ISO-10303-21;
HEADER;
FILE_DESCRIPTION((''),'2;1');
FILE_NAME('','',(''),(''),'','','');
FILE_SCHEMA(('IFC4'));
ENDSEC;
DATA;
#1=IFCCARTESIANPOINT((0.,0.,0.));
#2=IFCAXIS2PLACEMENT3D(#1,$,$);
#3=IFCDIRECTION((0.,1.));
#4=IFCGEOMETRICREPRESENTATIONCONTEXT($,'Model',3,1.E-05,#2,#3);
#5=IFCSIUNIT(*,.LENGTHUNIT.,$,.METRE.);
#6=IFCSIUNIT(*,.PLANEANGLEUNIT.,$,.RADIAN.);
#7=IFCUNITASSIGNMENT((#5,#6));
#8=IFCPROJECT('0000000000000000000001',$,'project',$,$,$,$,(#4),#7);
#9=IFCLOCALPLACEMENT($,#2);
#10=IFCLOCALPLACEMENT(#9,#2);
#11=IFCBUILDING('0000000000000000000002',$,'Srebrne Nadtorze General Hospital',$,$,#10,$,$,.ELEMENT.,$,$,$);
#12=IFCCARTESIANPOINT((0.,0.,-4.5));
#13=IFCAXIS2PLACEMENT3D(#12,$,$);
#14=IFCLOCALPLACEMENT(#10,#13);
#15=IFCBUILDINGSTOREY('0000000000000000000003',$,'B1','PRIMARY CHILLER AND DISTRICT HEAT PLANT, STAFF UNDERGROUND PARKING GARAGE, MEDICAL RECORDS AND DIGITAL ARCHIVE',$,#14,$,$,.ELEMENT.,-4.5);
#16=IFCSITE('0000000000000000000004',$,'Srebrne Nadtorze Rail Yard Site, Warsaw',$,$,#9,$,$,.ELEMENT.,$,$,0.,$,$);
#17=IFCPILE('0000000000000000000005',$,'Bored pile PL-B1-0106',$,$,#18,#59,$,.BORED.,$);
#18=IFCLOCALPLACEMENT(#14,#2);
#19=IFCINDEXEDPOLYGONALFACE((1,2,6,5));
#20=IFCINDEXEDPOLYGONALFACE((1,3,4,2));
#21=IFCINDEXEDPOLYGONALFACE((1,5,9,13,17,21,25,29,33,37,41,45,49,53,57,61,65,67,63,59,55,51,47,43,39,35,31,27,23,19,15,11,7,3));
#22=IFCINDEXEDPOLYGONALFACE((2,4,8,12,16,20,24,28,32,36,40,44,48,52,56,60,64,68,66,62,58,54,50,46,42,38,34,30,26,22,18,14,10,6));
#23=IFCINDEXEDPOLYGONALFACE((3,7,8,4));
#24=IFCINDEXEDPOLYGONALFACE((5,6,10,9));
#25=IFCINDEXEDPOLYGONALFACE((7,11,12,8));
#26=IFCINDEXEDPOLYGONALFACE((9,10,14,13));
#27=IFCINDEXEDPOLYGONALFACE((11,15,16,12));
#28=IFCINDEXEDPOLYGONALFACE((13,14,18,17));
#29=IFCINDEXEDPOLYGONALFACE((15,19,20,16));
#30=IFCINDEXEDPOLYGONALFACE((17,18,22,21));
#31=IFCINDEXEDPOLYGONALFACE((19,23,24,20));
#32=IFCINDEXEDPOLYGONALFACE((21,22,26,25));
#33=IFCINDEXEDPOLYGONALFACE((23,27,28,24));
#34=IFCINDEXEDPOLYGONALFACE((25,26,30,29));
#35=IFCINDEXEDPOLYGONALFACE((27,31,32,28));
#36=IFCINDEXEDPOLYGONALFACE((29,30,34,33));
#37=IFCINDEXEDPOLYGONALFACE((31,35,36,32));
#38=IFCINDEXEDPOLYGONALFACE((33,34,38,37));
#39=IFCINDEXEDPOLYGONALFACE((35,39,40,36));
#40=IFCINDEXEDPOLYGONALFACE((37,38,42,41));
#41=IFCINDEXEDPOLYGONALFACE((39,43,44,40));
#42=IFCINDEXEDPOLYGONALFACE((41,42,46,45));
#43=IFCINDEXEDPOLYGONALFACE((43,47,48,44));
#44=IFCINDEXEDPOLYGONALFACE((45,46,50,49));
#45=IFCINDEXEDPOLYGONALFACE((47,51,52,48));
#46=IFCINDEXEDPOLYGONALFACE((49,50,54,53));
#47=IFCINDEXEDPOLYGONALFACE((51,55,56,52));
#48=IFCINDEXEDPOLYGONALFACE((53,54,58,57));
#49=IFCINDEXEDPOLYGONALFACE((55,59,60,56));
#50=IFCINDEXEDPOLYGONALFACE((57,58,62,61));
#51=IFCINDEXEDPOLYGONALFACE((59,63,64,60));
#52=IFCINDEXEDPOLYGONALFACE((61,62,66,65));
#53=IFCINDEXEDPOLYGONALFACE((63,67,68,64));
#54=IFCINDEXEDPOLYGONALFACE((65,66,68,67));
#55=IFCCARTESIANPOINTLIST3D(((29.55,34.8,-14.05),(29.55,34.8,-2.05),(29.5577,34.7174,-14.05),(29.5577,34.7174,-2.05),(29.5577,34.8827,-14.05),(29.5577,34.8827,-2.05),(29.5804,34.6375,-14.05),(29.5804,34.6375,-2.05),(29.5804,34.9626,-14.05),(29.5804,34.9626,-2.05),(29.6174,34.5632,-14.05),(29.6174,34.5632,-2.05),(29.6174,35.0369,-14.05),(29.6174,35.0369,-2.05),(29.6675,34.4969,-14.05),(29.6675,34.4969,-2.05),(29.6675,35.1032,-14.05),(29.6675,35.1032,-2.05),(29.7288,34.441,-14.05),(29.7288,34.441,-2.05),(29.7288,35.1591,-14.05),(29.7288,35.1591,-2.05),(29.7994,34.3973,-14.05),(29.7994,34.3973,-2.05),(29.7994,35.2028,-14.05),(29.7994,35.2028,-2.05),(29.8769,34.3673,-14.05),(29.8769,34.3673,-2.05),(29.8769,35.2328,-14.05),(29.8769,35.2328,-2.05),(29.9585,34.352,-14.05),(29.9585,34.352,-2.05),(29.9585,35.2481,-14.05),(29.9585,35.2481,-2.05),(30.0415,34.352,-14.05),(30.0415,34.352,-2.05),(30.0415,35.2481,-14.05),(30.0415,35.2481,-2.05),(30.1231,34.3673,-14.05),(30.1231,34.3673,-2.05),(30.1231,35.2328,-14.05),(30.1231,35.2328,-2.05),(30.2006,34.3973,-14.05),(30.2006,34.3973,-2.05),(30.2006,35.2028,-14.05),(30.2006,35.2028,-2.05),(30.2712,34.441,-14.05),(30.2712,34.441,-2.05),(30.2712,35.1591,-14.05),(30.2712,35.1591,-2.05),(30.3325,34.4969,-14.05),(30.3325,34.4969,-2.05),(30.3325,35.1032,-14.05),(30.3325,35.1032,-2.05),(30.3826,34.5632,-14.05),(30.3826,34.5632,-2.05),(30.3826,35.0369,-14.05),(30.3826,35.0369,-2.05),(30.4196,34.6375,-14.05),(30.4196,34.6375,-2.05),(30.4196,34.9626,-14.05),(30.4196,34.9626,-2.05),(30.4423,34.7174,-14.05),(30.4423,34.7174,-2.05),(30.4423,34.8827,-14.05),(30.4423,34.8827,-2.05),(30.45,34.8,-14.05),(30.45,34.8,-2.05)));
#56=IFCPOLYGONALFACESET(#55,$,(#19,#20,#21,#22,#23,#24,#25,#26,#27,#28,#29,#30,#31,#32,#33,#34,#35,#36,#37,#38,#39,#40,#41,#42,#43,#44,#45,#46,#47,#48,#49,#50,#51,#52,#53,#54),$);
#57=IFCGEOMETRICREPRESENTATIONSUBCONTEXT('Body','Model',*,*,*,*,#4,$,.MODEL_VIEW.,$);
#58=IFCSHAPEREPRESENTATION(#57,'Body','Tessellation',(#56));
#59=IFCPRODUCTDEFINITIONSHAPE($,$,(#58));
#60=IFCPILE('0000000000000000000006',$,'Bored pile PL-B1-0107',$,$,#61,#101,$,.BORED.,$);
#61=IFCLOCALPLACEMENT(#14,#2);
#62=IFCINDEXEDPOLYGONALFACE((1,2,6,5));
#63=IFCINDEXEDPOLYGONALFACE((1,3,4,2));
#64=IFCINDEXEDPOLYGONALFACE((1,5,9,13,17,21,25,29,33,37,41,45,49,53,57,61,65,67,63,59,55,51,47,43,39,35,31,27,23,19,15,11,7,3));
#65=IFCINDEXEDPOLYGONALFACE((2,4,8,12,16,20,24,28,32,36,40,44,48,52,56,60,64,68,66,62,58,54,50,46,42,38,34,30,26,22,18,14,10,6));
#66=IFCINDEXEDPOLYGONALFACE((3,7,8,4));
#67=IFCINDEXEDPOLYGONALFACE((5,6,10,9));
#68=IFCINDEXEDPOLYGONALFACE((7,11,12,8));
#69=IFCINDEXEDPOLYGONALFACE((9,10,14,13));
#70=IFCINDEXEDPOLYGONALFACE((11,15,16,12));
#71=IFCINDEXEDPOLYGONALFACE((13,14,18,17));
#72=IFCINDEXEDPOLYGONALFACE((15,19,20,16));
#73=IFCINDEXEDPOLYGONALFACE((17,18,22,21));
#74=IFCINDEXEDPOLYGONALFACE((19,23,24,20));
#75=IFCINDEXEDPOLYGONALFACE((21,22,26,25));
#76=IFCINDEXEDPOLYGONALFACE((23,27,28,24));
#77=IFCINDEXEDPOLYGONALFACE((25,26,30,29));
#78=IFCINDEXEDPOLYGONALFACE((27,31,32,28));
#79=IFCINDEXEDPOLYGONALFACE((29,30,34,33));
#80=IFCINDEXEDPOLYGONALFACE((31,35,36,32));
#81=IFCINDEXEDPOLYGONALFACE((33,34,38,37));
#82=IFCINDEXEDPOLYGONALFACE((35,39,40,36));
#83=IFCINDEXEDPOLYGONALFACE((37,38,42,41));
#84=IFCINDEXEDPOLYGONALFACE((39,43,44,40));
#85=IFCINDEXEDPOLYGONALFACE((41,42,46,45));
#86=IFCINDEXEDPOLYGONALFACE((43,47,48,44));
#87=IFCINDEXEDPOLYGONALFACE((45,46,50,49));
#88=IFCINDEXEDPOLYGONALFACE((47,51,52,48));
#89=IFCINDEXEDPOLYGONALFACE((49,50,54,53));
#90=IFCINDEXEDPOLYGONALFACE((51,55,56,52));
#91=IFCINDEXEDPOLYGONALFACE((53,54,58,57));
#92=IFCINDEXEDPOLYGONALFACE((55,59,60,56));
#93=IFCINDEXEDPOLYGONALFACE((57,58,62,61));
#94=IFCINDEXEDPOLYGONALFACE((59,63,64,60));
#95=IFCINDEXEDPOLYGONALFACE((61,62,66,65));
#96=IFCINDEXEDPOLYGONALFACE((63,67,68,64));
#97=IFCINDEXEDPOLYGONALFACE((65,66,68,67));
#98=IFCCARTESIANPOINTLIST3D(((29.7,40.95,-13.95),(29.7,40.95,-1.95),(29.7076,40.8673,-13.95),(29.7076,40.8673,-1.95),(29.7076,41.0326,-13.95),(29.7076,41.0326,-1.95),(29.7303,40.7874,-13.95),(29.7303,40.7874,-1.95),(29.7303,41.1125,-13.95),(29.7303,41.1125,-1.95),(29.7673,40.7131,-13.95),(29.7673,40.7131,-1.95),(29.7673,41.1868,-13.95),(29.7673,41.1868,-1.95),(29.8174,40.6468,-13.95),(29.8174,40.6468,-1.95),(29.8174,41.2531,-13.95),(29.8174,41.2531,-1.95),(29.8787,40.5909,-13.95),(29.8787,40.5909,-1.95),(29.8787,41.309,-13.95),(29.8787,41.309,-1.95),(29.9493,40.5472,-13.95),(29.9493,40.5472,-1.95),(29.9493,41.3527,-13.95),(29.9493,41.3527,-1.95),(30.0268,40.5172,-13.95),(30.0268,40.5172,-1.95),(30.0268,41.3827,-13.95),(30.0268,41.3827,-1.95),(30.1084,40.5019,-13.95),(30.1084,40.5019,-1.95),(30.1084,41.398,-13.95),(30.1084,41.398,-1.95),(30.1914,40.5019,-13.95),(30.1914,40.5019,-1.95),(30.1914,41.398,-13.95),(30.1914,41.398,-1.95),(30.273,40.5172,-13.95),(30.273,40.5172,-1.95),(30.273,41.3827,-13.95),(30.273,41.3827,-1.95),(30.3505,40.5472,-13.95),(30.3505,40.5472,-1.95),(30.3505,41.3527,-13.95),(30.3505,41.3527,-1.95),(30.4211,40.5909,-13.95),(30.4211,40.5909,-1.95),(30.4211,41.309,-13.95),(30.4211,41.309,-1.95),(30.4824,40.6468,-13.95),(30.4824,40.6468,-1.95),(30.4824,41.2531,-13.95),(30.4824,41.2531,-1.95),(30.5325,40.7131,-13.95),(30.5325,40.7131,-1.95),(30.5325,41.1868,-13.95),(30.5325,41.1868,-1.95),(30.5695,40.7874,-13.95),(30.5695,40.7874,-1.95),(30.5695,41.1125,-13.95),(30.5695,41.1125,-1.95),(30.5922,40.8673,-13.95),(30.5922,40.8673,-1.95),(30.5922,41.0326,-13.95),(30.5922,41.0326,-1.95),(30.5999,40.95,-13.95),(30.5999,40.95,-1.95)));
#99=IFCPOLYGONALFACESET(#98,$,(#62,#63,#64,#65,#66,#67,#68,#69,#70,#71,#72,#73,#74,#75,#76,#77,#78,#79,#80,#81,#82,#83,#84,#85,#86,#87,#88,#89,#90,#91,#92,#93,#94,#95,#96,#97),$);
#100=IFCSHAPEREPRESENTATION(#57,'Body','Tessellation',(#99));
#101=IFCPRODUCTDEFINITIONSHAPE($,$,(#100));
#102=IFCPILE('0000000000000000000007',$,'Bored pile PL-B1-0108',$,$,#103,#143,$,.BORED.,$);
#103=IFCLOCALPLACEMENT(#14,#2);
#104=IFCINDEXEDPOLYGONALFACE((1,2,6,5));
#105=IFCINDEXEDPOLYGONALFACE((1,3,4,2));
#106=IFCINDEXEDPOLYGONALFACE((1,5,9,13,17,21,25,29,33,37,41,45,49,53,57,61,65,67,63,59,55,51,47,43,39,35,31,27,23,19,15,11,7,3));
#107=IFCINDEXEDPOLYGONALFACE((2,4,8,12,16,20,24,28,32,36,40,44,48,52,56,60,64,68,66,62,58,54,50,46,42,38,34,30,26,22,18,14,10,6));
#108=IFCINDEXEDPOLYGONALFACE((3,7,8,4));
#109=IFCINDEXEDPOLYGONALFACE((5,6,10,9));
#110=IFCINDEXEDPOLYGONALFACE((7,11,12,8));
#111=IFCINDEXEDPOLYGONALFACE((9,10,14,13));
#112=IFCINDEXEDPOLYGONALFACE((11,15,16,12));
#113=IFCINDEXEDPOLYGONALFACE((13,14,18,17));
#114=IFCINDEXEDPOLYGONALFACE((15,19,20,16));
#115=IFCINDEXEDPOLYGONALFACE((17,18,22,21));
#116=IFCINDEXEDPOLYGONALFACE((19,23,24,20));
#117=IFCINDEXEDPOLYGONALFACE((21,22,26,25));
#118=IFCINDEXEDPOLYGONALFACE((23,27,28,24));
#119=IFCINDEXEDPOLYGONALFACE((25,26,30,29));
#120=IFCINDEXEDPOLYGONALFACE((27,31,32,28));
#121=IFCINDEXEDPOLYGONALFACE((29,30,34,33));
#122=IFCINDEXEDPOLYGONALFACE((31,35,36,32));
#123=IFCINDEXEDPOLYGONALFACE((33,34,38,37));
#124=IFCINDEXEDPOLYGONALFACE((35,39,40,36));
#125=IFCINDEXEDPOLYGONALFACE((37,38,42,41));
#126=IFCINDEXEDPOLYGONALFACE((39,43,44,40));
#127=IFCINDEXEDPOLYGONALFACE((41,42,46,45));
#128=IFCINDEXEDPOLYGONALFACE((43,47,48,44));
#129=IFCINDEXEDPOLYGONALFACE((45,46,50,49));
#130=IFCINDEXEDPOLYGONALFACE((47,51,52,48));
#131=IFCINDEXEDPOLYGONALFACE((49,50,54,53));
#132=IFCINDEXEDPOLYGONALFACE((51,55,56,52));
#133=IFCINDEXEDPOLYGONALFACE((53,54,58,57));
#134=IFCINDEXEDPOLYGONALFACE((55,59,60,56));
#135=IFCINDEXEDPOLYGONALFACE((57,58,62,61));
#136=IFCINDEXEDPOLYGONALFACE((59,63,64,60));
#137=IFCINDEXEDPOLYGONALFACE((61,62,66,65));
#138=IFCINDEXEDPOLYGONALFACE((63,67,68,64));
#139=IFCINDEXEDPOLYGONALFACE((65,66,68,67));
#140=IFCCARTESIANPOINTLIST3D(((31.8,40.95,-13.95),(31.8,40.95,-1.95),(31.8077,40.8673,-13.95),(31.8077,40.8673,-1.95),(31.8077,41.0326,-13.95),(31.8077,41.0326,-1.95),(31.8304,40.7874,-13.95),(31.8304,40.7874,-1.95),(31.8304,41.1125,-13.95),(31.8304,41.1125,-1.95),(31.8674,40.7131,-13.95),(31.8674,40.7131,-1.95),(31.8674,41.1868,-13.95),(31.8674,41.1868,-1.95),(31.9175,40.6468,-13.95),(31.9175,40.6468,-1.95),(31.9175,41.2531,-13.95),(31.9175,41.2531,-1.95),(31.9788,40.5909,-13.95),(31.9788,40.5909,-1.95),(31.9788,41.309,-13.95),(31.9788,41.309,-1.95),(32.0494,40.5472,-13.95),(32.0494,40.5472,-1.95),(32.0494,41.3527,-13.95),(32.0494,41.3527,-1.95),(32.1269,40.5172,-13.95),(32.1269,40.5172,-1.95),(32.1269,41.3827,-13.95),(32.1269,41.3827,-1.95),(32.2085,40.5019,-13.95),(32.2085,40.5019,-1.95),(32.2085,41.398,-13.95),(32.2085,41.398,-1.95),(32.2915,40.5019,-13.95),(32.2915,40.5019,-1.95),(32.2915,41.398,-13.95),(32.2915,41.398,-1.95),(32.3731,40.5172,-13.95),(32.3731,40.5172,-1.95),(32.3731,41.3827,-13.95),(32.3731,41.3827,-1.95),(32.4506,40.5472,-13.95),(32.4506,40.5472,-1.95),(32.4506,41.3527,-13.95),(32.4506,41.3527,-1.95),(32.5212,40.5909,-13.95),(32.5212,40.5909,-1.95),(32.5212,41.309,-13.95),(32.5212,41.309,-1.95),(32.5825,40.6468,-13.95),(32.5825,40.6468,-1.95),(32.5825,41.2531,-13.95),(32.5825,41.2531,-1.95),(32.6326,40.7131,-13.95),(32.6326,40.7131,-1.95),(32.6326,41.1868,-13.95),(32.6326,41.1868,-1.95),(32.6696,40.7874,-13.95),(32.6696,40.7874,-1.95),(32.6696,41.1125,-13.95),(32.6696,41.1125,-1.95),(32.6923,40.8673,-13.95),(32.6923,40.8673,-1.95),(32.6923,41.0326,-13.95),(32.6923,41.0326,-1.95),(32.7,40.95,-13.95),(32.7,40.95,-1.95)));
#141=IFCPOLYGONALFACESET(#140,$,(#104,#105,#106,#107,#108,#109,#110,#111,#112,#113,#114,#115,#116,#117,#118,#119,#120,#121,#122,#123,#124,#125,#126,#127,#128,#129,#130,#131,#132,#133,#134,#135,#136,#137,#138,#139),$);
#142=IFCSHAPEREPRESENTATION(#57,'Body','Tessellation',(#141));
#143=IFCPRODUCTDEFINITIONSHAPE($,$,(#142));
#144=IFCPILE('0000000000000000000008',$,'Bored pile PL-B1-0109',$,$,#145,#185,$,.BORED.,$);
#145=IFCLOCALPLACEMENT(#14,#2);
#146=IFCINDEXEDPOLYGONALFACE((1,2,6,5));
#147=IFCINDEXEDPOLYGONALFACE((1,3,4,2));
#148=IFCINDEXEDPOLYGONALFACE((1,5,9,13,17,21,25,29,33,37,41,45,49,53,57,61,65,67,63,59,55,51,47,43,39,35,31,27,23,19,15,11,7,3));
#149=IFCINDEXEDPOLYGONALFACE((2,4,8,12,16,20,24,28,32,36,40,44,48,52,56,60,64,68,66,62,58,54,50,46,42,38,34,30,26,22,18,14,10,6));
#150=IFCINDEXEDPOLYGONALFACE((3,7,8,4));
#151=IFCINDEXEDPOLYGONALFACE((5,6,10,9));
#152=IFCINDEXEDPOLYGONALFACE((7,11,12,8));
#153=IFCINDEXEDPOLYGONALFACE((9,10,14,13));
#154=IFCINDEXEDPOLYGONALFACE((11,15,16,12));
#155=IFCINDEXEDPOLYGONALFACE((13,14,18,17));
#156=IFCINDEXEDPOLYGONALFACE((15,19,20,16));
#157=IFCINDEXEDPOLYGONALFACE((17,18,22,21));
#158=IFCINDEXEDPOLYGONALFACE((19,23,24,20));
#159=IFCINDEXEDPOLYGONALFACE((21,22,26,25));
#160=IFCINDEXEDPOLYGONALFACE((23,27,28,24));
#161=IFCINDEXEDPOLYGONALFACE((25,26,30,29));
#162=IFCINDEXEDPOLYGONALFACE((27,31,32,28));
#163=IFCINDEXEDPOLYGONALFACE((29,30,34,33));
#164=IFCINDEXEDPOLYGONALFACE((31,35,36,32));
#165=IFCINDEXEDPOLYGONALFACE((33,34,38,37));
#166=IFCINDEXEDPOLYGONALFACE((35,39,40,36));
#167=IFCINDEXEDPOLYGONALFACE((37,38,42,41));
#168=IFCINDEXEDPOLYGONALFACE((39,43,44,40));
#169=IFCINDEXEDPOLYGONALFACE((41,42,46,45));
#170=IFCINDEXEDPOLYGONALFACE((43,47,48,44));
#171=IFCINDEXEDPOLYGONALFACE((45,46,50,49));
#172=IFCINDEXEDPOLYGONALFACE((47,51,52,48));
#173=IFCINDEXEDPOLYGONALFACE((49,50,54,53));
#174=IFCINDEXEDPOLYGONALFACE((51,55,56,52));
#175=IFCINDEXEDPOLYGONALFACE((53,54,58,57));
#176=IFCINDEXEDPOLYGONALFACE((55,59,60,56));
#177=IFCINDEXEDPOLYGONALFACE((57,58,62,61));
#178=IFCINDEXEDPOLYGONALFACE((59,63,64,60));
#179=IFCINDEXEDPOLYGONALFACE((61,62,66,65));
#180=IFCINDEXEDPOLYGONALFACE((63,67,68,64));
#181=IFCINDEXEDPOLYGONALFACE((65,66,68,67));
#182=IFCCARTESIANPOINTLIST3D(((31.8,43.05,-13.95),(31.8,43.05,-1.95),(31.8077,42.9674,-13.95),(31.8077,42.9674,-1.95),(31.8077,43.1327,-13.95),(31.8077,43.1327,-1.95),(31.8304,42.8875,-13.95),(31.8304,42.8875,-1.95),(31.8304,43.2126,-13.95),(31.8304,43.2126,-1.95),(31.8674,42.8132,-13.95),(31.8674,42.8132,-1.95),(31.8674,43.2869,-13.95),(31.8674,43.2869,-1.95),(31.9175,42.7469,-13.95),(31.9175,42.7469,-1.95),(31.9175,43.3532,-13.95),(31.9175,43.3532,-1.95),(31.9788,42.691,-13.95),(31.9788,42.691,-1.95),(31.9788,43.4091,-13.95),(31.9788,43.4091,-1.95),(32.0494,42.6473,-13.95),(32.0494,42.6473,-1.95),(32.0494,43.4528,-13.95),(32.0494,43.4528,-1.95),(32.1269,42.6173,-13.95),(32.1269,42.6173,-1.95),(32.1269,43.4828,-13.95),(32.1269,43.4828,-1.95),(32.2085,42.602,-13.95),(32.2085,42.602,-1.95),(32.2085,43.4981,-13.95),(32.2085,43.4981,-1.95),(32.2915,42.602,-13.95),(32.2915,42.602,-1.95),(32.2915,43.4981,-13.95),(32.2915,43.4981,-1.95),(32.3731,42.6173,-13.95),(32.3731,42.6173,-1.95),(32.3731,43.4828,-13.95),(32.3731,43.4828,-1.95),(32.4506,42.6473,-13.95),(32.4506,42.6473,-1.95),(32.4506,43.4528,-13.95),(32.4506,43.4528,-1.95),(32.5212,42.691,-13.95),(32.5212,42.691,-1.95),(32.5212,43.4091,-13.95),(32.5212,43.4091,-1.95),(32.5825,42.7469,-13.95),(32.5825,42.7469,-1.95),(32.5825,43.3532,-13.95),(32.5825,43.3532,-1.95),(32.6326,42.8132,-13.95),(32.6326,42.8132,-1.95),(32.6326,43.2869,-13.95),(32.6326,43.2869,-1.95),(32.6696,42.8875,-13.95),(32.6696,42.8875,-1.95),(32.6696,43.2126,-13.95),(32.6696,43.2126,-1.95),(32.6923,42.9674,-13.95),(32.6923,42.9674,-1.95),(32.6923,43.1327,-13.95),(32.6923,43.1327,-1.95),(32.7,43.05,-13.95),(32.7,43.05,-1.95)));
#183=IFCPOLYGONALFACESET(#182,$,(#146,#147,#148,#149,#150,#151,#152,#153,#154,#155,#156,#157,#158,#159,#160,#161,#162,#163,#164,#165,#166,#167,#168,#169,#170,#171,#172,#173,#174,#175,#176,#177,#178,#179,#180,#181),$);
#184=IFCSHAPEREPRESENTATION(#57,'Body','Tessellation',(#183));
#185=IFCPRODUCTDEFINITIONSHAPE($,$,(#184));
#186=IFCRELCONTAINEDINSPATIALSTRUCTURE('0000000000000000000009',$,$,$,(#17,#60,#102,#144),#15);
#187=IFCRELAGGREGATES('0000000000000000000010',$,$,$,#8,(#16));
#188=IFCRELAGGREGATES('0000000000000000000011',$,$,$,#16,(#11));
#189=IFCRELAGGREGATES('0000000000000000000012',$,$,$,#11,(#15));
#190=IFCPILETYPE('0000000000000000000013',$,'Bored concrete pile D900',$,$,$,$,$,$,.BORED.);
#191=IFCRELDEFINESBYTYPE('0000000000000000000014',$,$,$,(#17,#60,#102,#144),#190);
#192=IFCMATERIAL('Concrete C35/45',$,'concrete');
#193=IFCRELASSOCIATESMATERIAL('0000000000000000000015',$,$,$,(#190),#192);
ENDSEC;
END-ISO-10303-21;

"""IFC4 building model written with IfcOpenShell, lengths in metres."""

from ifc_helpers import new_model, si_unit, direction, frame, origin, origin_2d, place, context, subcontext, project, spatial, circle, extrude, material, material_profile, profile_set, type_object, element, save


model = new_model("IFC4")

# Units and contexts
model_context = context("Model", 3, precision=1e-05, world=origin(), true_north=direction((0.0, 1.0)))
body_context = subcontext(model_context, "Body", "Model", "MODEL_VIEW")
ifc_project = project(units=[si_unit("LENGTHUNIT", "METRE"), si_unit("PLANEANGLEUNIT", "RADIAN")], contexts=[model_context])

# Site, building, storey
site_placement = place(None, origin())
site = spatial("IfcSite", under=ifc_project, at=site_placement, Name="Srebrne Nadtorze Rail Yard Site, Warsaw", CompositionType="ELEMENT", RefElevation=0.0)
building_placement = place(site_placement, origin())
building = spatial("IfcBuilding", under=site, at=building_placement, Name="Srebrne Nadtorze General Hospital", CompositionType="ELEMENT")
storey_placement = place(building_placement, frame((0.0, 0.0, -4.5)))
storey = spatial("IfcBuildingStorey", under=building, at=storey_placement, Name="B1", Description="PRIMARY CHILLER AND DISTRICT HEAT PLANT, STAFF UNDERGROUND PARKING GARAGE, MEDICAL RECORDS AND DIGITAL ARCHIVE", CompositionType="ELEMENT", Elevation=-4.5)

# Piles
ifc_material_1 = material(Name="Concrete C35/45", Category="concrete")
ifc_material_profile_1 = material_profile(ifc_material_1, circle(Radius=0.45, at=origin_2d()), Name="PILE-D900")
ifc_profile_set_1 = profile_set([ifc_material_profile_1], Name="Concrete C35/45")
pile_type_1 = type_object("IfcPileType", Name="Bored concrete pile D900", PredefinedType="BORED", material=ifc_profile_set_1)
for number, where, z_axis, x_axis, name in (
    (1, (30.0, 34.8, -2.05), (0.0, 0.0, -1.0), (1.0, 0.0, 0.0), "Bored pile PL-B1-0106"),
    (2, (30.1499, 40.95, -1.95), (0.0, 0.0, -1.0), (1.0, 0.0, 0.0), "Bored pile PL-B1-0107"),
    (3, (32.25, 40.95, -1.95), (0.0, 0.0, -1.0), (1.0, 0.0, 0.0), "Bored pile PL-B1-0108"),
    (4, (32.25, 43.05, -1.95), (0.0, 0.0, -1.0), (1.0, 0.0, 0.0), "Bored pile PL-B1-0109"),
):
    element("IfcPile", number, at=place(storey_placement, frame(where, z_axis=z_axis, x_axis=x_axis)), inside=storey, type_object=pile_type_1, Name=name, PredefinedType="BORED", context=body_context, shape_type="SweptSolid", body=[
        extrude(circle(Radius=0.45, at=origin_2d()), origin(), (0.0, 0.0, 1.0), 12.0),
    ])

save(model, "model.ifc")
